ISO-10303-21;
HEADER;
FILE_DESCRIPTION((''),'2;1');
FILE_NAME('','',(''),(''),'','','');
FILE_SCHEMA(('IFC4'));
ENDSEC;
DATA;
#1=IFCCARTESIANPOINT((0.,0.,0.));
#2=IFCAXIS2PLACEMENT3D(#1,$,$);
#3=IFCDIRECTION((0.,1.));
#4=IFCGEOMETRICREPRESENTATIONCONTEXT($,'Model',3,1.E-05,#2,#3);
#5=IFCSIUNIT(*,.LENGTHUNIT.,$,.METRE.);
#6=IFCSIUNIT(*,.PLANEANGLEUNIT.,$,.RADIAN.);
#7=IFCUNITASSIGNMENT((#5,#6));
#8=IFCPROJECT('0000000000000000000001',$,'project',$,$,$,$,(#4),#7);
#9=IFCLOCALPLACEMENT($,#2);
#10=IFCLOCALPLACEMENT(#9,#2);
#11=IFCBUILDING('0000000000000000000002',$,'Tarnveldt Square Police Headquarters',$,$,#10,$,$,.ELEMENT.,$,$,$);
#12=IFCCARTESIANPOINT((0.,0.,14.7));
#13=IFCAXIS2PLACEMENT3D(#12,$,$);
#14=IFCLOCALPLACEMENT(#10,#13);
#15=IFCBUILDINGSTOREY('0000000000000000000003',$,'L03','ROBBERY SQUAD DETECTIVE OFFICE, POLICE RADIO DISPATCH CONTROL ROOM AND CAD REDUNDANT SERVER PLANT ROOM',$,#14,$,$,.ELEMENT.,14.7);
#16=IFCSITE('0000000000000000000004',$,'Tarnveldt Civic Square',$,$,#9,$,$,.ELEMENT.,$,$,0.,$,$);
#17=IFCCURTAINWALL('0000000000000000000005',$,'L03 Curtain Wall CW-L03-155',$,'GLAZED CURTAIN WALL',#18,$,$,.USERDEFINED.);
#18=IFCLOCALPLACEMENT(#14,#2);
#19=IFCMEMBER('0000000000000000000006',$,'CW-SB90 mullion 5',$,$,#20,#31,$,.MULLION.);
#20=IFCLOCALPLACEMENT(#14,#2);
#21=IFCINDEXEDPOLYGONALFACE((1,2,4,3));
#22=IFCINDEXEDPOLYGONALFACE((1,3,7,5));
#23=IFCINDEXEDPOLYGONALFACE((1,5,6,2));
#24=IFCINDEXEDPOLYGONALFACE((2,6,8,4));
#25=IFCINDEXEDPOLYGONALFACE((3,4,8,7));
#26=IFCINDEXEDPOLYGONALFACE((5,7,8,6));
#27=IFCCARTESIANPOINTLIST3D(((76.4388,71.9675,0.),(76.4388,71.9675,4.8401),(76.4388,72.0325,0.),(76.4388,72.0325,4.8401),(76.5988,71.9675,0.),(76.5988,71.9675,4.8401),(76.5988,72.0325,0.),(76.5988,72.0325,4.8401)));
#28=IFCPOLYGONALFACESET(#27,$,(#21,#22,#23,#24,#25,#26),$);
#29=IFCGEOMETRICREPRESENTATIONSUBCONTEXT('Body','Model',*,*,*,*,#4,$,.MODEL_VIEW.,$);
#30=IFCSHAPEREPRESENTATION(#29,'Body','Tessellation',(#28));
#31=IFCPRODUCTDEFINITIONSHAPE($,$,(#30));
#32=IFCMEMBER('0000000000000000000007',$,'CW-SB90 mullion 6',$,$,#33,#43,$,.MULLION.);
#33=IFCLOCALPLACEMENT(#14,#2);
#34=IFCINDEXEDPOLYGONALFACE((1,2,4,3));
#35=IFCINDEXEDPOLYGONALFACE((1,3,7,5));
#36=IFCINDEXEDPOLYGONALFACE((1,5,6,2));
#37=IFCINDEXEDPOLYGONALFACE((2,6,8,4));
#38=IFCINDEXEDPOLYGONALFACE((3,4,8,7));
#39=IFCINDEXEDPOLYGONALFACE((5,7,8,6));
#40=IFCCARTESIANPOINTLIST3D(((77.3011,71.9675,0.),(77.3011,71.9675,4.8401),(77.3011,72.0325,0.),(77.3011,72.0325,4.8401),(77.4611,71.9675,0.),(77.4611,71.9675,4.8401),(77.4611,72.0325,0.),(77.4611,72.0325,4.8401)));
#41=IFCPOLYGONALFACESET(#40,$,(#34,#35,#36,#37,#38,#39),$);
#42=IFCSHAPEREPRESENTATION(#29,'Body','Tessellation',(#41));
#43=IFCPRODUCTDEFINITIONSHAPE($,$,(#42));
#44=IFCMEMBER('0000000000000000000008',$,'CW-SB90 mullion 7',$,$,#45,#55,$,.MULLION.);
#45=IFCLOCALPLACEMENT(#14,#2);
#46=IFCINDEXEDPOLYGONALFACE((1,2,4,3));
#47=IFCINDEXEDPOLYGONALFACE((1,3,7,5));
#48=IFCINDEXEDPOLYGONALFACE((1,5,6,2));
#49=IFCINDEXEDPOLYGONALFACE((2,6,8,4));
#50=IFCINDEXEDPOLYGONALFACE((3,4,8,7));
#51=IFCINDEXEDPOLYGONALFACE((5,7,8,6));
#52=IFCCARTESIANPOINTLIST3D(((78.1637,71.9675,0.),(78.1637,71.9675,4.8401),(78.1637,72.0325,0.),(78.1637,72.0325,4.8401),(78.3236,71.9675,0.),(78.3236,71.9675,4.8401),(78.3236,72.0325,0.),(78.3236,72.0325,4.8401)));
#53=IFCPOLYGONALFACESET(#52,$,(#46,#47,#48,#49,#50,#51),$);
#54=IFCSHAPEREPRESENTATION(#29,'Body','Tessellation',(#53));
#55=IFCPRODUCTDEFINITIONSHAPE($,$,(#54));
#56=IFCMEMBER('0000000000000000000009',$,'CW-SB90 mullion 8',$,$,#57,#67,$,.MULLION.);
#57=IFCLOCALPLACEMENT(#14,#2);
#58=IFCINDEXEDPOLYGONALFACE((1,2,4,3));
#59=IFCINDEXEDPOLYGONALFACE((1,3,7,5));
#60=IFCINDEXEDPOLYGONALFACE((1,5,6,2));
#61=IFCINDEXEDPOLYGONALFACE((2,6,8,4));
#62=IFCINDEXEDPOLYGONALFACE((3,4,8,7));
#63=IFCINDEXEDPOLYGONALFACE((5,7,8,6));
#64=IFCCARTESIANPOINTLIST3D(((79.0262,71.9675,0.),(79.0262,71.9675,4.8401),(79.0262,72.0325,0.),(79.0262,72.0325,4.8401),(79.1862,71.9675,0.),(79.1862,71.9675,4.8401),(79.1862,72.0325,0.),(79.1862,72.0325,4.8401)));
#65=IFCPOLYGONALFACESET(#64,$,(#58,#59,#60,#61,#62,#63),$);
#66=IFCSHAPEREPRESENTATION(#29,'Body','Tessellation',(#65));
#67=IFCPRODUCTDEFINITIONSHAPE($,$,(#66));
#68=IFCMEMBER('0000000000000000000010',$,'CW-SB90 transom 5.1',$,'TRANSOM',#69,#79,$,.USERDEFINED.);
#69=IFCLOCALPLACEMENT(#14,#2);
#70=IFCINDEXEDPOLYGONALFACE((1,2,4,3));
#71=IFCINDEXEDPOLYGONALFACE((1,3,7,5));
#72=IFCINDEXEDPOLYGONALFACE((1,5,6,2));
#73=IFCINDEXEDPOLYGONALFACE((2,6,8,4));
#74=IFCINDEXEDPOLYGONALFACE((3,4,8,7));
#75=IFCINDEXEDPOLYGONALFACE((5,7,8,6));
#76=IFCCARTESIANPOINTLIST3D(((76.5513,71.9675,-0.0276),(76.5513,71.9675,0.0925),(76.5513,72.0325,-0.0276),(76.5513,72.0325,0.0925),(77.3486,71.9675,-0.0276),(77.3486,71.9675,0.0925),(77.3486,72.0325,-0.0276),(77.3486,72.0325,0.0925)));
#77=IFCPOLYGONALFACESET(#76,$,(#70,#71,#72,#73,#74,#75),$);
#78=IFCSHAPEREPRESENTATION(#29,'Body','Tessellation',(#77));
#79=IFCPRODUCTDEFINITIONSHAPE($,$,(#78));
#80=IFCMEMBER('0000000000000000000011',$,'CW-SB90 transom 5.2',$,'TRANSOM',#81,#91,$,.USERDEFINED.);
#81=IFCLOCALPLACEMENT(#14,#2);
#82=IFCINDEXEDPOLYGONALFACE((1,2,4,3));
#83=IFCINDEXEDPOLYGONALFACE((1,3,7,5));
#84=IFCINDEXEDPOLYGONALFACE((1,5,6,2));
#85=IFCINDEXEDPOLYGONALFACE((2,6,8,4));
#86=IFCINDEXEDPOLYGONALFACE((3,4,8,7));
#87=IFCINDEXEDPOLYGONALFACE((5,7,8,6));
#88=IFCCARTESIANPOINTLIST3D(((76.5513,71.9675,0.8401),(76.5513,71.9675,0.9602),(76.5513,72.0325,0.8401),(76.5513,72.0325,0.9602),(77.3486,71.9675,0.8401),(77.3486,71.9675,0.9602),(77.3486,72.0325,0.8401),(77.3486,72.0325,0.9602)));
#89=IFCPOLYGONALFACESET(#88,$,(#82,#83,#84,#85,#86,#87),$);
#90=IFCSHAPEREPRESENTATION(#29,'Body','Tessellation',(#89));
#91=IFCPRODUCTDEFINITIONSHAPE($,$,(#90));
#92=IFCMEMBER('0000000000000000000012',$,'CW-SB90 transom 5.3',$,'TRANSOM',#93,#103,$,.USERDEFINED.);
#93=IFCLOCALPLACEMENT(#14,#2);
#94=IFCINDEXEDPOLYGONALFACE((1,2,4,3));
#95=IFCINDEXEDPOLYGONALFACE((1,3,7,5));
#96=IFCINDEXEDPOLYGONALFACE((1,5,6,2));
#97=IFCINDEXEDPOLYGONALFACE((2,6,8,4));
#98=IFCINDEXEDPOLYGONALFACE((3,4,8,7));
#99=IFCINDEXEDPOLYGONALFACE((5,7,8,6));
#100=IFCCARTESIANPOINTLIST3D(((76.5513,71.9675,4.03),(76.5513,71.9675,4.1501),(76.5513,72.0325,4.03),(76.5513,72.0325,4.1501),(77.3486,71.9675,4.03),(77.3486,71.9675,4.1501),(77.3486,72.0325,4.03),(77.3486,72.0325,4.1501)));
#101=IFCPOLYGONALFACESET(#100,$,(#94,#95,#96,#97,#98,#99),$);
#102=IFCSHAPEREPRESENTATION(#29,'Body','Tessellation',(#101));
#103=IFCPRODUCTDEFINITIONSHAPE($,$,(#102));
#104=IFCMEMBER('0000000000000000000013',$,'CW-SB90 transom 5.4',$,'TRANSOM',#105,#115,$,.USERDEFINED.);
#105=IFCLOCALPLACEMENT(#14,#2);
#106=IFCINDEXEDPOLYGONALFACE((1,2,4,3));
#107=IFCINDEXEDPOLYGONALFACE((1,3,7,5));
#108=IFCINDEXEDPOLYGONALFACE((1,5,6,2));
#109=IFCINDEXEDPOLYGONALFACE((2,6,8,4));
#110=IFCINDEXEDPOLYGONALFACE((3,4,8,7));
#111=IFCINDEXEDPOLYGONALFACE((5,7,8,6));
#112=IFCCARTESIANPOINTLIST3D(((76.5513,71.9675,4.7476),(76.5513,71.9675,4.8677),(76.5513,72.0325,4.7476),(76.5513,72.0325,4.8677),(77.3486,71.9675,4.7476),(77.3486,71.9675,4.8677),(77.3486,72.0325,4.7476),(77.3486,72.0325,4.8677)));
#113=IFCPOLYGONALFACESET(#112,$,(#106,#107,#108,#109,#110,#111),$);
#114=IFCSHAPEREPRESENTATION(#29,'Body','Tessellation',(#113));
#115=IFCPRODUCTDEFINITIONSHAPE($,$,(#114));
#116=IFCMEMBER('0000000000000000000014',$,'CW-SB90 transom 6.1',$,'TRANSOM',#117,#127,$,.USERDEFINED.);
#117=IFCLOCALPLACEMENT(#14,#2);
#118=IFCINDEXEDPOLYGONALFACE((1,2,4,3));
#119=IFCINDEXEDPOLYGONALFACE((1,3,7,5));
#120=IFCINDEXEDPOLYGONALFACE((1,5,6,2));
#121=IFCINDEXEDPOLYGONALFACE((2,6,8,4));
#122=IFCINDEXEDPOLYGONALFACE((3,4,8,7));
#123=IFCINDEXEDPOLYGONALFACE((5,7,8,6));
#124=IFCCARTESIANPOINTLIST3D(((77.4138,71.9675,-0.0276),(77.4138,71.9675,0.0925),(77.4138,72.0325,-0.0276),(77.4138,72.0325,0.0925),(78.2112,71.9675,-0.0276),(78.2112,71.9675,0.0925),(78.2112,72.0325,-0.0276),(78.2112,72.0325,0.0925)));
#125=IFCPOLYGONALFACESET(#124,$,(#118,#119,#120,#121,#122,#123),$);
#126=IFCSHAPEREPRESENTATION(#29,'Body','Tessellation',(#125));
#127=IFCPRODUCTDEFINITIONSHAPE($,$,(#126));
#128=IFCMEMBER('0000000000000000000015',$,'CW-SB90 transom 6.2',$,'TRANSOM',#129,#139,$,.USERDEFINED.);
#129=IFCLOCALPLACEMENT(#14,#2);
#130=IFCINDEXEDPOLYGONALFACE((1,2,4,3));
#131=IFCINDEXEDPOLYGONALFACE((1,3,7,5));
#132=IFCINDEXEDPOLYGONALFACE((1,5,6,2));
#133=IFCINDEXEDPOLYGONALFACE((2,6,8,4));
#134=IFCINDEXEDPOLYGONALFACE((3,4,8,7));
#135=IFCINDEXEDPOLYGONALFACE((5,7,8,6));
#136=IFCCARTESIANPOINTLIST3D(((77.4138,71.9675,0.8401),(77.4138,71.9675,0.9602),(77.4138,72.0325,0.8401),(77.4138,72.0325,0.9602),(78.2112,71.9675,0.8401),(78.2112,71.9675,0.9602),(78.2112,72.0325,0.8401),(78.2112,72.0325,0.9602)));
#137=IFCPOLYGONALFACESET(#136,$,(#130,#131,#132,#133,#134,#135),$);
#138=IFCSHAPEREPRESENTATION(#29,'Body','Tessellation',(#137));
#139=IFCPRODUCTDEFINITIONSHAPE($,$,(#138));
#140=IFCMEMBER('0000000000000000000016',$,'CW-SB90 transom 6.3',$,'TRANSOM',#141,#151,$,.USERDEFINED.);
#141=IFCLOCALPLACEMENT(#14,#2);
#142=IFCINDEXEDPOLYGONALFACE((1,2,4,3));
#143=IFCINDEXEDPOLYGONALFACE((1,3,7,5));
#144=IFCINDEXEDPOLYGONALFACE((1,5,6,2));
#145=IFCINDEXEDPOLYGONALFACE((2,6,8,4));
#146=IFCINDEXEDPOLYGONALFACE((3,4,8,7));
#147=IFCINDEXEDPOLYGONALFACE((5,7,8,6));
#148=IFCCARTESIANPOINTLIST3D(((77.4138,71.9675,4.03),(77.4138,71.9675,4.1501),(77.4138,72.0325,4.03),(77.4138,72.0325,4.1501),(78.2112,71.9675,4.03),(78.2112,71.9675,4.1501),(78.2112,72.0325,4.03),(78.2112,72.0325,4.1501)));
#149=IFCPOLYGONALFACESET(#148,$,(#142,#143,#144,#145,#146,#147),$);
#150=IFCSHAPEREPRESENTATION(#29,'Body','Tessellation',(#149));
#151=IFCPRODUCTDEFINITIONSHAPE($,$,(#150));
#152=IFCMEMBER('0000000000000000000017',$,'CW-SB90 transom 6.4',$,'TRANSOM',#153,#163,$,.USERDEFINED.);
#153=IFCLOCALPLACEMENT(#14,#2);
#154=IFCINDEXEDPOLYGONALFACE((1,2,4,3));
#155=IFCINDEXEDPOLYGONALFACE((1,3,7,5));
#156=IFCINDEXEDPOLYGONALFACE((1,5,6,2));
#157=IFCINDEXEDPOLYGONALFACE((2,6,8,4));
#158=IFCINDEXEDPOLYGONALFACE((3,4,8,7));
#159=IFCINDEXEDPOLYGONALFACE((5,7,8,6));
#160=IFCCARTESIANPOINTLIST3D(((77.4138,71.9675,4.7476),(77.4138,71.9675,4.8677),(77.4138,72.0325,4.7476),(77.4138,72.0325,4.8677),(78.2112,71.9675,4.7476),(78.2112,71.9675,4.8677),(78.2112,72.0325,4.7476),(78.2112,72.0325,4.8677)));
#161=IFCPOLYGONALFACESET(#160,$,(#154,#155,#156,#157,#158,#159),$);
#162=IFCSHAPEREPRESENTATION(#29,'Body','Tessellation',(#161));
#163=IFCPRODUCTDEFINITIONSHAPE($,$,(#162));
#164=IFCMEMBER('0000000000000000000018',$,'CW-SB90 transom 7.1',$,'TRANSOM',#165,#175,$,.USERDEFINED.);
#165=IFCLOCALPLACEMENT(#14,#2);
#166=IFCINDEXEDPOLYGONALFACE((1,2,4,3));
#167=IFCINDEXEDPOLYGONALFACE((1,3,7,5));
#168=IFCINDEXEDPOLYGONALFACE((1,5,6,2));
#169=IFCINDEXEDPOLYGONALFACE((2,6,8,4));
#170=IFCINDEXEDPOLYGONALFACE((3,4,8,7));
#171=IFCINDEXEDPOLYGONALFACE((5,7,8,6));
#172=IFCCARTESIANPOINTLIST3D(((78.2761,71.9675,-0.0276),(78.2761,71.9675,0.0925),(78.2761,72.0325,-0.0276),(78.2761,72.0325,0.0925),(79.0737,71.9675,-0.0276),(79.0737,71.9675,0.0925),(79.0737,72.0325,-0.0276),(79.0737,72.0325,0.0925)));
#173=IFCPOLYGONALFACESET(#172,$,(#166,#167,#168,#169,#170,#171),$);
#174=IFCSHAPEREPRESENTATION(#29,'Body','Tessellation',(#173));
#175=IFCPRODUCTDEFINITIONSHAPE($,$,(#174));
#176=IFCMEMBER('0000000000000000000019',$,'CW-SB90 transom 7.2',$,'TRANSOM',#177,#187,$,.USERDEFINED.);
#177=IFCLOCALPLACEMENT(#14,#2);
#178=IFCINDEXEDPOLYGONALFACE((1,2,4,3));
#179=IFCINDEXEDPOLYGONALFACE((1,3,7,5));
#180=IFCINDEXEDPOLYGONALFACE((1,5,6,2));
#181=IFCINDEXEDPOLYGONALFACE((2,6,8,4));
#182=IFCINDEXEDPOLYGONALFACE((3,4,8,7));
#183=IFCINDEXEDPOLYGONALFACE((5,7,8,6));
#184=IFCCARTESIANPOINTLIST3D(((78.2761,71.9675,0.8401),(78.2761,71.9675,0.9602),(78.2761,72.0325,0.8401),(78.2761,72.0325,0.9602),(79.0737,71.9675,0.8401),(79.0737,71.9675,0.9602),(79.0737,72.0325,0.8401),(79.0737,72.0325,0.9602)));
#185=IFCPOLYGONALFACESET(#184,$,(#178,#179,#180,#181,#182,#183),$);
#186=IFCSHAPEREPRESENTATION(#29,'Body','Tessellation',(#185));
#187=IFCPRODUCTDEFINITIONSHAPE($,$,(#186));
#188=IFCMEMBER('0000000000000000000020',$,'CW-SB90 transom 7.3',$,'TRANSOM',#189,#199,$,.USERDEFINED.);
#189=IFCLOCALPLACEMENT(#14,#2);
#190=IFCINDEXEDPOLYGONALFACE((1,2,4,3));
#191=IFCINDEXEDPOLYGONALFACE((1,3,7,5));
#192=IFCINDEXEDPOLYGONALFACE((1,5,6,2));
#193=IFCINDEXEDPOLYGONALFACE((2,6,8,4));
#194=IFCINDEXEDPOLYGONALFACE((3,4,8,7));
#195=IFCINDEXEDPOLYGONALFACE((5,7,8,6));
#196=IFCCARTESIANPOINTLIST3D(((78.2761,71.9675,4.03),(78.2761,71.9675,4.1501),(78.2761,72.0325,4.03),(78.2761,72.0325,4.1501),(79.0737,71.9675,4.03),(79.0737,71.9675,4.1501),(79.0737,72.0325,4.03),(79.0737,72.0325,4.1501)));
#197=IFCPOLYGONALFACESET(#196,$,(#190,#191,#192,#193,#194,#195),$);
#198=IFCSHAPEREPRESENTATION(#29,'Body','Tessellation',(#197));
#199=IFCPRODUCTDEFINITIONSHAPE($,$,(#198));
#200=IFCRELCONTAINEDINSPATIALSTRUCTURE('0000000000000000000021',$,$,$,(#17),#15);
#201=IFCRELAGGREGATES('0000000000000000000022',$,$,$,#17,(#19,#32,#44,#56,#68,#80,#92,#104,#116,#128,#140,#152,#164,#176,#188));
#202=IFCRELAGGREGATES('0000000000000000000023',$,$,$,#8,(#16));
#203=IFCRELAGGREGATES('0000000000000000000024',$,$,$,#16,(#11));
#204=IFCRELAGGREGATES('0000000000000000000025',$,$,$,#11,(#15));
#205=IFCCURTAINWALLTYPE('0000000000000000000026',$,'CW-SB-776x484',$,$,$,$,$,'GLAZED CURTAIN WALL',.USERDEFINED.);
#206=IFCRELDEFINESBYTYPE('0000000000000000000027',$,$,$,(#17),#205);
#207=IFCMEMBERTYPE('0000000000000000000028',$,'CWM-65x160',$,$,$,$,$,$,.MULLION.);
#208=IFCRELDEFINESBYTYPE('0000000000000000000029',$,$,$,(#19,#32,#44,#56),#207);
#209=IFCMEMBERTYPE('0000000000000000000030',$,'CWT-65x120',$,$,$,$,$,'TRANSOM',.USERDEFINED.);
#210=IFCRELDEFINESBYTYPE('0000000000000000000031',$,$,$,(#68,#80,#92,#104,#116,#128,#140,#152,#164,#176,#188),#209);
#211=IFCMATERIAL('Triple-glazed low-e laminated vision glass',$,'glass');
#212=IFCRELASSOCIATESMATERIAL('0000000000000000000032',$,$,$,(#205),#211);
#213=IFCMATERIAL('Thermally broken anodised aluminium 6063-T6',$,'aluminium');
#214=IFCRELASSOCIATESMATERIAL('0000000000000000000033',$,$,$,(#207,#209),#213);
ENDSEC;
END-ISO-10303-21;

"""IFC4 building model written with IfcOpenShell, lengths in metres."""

from ifc_helpers import new_model, si_unit, direction, frame, origin, origin_2d, place, context, subcontext, project, spatial, rectangle, extrude, material, material_profile, profile_set, type_object, element, aggregate, save


model = new_model("IFC4")

# Units and contexts
model_context = context("Model", 3, precision=1e-05, world=origin(), true_north=direction((0.0, 1.0)))
body_context = subcontext(model_context, "Body", "Model", "MODEL_VIEW")
ifc_project = project(units=[si_unit("LENGTHUNIT", "METRE"), si_unit("PLANEANGLEUNIT", "RADIAN")], contexts=[model_context])

# Site, building, storey
site_placement = place(None, origin())
site = spatial("IfcSite", under=ifc_project, at=site_placement, Name="Tarnveldt Civic Square", CompositionType="ELEMENT", RefElevation=0.0)
building_placement = place(site_placement, origin())
building = spatial("IfcBuilding", under=site, at=building_placement, Name="Tarnveldt Square Police Headquarters", CompositionType="ELEMENT")
storey_placement = place(building_placement, frame((0.0, 0.0, 14.7)))
storey = spatial("IfcBuildingStorey", under=building, at=storey_placement, Name="L03", Description="ROBBERY SQUAD DETECTIVE OFFICE, POLICE RADIO DISPATCH CONTROL ROOM AND CAD REDUNDANT SERVER PLANT ROOM", CompositionType="ELEMENT", Elevation=14.7)

# Curtain wall, members
ifc_material_1 = material(Name="Triple-glazed low-e laminated vision glass", Category="glass")
curtain_wall_type = type_object("IfcCurtainWallType", Name="CW-SB-776x484", ElementType="GLAZED CURTAIN WALL", PredefinedType="USERDEFINED", material=ifc_material_1)
curtain_wall_placement = place(storey_placement, origin())
curtain_wall = element("IfcCurtainWall", 1, at=curtain_wall_placement, inside=storey, type_object=curtain_wall_type, Name="L03 Curtain Wall CW-L03-155", ObjectType="GLAZED CURTAIN WALL", PredefinedType="USERDEFINED")
ifc_material_2 = material(Name="Thermally broken anodised aluminium 6063-T6", Category="aluminium")
ifc_material_profile_1 = material_profile(ifc_material_2, rectangle(XDim=0.0649, YDim=0.1599, at=origin_2d()), Name="CW-M65x160")
ifc_profile_set_1 = profile_set([ifc_material_profile_1], Name="Thermally broken anodised aluminium 6063-T6")
member_type_1 = type_object("IfcMemberType", Name="CWM-65x160", PredefinedType="MULLION", material=ifc_profile_set_1)
member_1_placement = place(storey_placement, frame((76.5188, 72.0, 0.0), z_axis=(0.0, 0.0, 1.0), x_axis=(0.0, 1.0, 0.0)))
member_1 = element("IfcMember", 2, at=member_1_placement, type_object=member_type_1, Name="CW-SB90 mullion 5", PredefinedType="MULLION", context=body_context, shape_type="SweptSolid", body=[
    extrude(rectangle(XDim=0.0649, YDim=0.1599, at=origin_2d()), origin(), (0.0, 0.0, 1.0), 4.8401),
])
member_2_placement = place(storey_placement, frame((77.3811, 72.0, 0.0), z_axis=(0.0, 0.0, 1.0), x_axis=(0.0, 1.0, 0.0)))
member_2 = element("IfcMember", 3, at=member_2_placement, type_object=member_type_1, Name="CW-SB90 mullion 6", PredefinedType="MULLION", context=body_context, shape_type="SweptSolid", body=[
    extrude(rectangle(XDim=0.0649, YDim=0.1599, at=origin_2d()), origin(), (0.0, 0.0, 1.0), 4.8401),
])
member_3_placement = place(storey_placement, frame((78.2437, 72.0, 0.0), z_axis=(0.0, 0.0, 1.0), x_axis=(0.0, 1.0, 0.0)))
member_3 = element("IfcMember", 4, at=member_3_placement, type_object=member_type_1, Name="CW-SB90 mullion 7", PredefinedType="MULLION", context=body_context, shape_type="SweptSolid", body=[
    extrude(rectangle(XDim=0.0649, YDim=0.1599, at=origin_2d()), origin(), (0.0, 0.0, 1.0), 4.8401),
])
member_4_placement = place(storey_placement, frame((79.1062, 72.0, 0.0), z_axis=(0.0, 0.0, 1.0), x_axis=(0.0, 1.0, 0.0)))
member_4 = element("IfcMember", 5, at=member_4_placement, type_object=member_type_1, Name="CW-SB90 mullion 8", PredefinedType="MULLION", context=body_context, shape_type="SweptSolid", body=[
    extrude(rectangle(XDim=0.0649, YDim=0.1599, at=origin_2d()), origin(), (0.0, 0.0, 1.0), 4.8401),
])
ifc_material_profile_2 = material_profile(ifc_material_2, rectangle(XDim=0.0649, YDim=0.1201, at=origin_2d()), Name="CW-T65x120")
ifc_profile_set_2 = profile_set([ifc_material_profile_2], Name="Thermally broken anodised aluminium 6063-T6")
member_type_2 = type_object("IfcMemberType", Name="CWT-65x120", ElementType="TRANSOM", PredefinedType="USERDEFINED", material=ifc_profile_set_2)
member_5_placement = place(storey_placement, frame((76.5513, 72.0, 0.0325), z_axis=(1.0, 0.0, 0.0), x_axis=(0.0, 1.0, 0.0)))
member_5 = element("IfcMember", 6, at=member_5_placement, type_object=member_type_2, Name="CW-SB90 transom 5.1", ObjectType="TRANSOM", PredefinedType="USERDEFINED", context=body_context, shape_type="SweptSolid", body=[
    extrude(rectangle(XDim=0.0649, YDim=0.1201, at=origin_2d()), origin(), (0.0, 0.0, 1.0), 0.7974),
])
member_6_placement = place(storey_placement, frame((76.5513, 72.0, 0.9001), z_axis=(1.0, 0.0, 0.0), x_axis=(0.0, 1.0, 0.0)))
member_6 = element("IfcMember", 7, at=member_6_placement, type_object=member_type_2, Name="CW-SB90 transom 5.2", ObjectType="TRANSOM", PredefinedType="USERDEFINED", context=body_context, shape_type="SweptSolid", body=[
    extrude(rectangle(XDim=0.0649, YDim=0.1201, at=origin_2d()), origin(), (0.0, 0.0, 1.0), 0.7974),
])
member_7_placement = place(storey_placement, frame((76.5513, 72.0, 4.0901), z_axis=(1.0, 0.0, 0.0), x_axis=(0.0, 1.0, 0.0)))
member_7 = element("IfcMember", 8, at=member_7_placement, type_object=member_type_2, Name="CW-SB90 transom 5.3", ObjectType="TRANSOM", PredefinedType="USERDEFINED", context=body_context, shape_type="SweptSolid", body=[
    extrude(rectangle(XDim=0.0649, YDim=0.1201, at=origin_2d()), origin(), (0.0, 0.0, 1.0), 0.7974),
])
member_8_placement = place(storey_placement, frame((76.5513, 72.0, 4.8076), z_axis=(1.0, 0.0, 0.0), x_axis=(0.0, 1.0, 0.0)))
member_8 = element("IfcMember", 9, at=member_8_placement, type_object=member_type_2, Name="CW-SB90 transom 5.4", ObjectType="TRANSOM", PredefinedType="USERDEFINED", context=body_context, shape_type="SweptSolid", body=[
    extrude(rectangle(XDim=0.0649, YDim=0.1201, at=origin_2d()), origin(), (0.0, 0.0, 1.0), 0.7974),
])
member_9_placement = place(storey_placement, frame((77.4138, 72.0, 0.0325), z_axis=(1.0, 0.0, 0.0), x_axis=(0.0, 1.0, 0.0)))
member_9 = element("IfcMember", 10, at=member_9_placement, type_object=member_type_2, Name="CW-SB90 transom 6.1", ObjectType="TRANSOM", PredefinedType="USERDEFINED", context=body_context, shape_type="SweptSolid", body=[
    extrude(rectangle(XDim=0.0649, YDim=0.1201, at=origin_2d()), origin(), (0.0, 0.0, 1.0), 0.7974),
])
member_10_placement = place(storey_placement, frame((77.4138, 72.0, 0.9001), z_axis=(1.0, 0.0, 0.0), x_axis=(0.0, 1.0, 0.0)))
member_10 = element("IfcMember", 11, at=member_10_placement, type_object=member_type_2, Name="CW-SB90 transom 6.2", ObjectType="TRANSOM", PredefinedType="USERDEFINED", context=body_context, shape_type="SweptSolid", body=[
    extrude(rectangle(XDim=0.0649, YDim=0.1201, at=origin_2d()), origin(), (0.0, 0.0, 1.0), 0.7974),
])
member_11_placement = place(storey_placement, frame((77.4138, 72.0, 4.0901), z_axis=(1.0, 0.0, 0.0), x_axis=(0.0, 1.0, 0.0)))
member_11 = element("IfcMember", 12, at=member_11_placement, type_object=member_type_2, Name="CW-SB90 transom 6.3", ObjectType="TRANSOM", PredefinedType="USERDEFINED", context=body_context, shape_type="SweptSolid", body=[
    extrude(rectangle(XDim=0.0649, YDim=0.1201, at=origin_2d()), origin(), (0.0, 0.0, 1.0), 0.7974),
])
member_12_placement = place(storey_placement, frame((77.4138, 72.0, 4.8076), z_axis=(1.0, 0.0, 0.0), x_axis=(0.0, 1.0, 0.0)))
member_12 = element("IfcMember", 13, at=member_12_placement, type_object=member_type_2, Name="CW-SB90 transom 6.4", ObjectType="TRANSOM", PredefinedType="USERDEFINED", context=body_context, shape_type="SweptSolid", body=[
    extrude(rectangle(XDim=0.0649, YDim=0.1201, at=origin_2d()), origin(), (0.0, 0.0, 1.0), 0.7974),
])
member_13_placement = place(storey_placement, frame((78.2761, 72.0, 0.0325), z_axis=(1.0, 0.0, 0.0), x_axis=(0.0, 1.0, 0.0)))
member_13 = element("IfcMember", 14, at=member_13_placement, type_object=member_type_2, Name="CW-SB90 transom 7.1", ObjectType="TRANSOM", PredefinedType="USERDEFINED", context=body_context, shape_type="SweptSolid", body=[
    extrude(rectangle(XDim=0.0649, YDim=0.1201, at=origin_2d()), origin(), (0.0, 0.0, 1.0), 0.7976),
])
member_14_placement = place(storey_placement, frame((78.2761, 72.0, 0.9001), z_axis=(1.0, 0.0, 0.0), x_axis=(0.0, 1.0, 0.0)))
member_14 = element("IfcMember", 15, at=member_14_placement, type_object=member_type_2, Name="CW-SB90 transom 7.2", ObjectType="TRANSOM", PredefinedType="USERDEFINED", context=body_context, shape_type="SweptSolid", body=[
    extrude(rectangle(XDim=0.0649, YDim=0.1201, at=origin_2d()), origin(), (0.0, 0.0, 1.0), 0.7976),
])
member_15_placement = place(storey_placement, frame((78.2761, 72.0, 4.0901), z_axis=(1.0, 0.0, 0.0), x_axis=(0.0, 1.0, 0.0)))
member_15 = element("IfcMember", 16, at=member_15_placement, type_object=member_type_2, Name="CW-SB90 transom 7.3", ObjectType="TRANSOM", PredefinedType="USERDEFINED", context=body_context, shape_type="SweptSolid", body=[
    extrude(rectangle(XDim=0.0649, YDim=0.1201, at=origin_2d()), origin(), (0.0, 0.0, 1.0), 0.7976),
])
aggregate(curtain_wall, [member_1, member_2, member_3, member_4, member_5, member_6, member_7, member_8, member_9, member_10, member_11, member_12, member_13, member_14, member_15])

save(model, "model.ifc")
